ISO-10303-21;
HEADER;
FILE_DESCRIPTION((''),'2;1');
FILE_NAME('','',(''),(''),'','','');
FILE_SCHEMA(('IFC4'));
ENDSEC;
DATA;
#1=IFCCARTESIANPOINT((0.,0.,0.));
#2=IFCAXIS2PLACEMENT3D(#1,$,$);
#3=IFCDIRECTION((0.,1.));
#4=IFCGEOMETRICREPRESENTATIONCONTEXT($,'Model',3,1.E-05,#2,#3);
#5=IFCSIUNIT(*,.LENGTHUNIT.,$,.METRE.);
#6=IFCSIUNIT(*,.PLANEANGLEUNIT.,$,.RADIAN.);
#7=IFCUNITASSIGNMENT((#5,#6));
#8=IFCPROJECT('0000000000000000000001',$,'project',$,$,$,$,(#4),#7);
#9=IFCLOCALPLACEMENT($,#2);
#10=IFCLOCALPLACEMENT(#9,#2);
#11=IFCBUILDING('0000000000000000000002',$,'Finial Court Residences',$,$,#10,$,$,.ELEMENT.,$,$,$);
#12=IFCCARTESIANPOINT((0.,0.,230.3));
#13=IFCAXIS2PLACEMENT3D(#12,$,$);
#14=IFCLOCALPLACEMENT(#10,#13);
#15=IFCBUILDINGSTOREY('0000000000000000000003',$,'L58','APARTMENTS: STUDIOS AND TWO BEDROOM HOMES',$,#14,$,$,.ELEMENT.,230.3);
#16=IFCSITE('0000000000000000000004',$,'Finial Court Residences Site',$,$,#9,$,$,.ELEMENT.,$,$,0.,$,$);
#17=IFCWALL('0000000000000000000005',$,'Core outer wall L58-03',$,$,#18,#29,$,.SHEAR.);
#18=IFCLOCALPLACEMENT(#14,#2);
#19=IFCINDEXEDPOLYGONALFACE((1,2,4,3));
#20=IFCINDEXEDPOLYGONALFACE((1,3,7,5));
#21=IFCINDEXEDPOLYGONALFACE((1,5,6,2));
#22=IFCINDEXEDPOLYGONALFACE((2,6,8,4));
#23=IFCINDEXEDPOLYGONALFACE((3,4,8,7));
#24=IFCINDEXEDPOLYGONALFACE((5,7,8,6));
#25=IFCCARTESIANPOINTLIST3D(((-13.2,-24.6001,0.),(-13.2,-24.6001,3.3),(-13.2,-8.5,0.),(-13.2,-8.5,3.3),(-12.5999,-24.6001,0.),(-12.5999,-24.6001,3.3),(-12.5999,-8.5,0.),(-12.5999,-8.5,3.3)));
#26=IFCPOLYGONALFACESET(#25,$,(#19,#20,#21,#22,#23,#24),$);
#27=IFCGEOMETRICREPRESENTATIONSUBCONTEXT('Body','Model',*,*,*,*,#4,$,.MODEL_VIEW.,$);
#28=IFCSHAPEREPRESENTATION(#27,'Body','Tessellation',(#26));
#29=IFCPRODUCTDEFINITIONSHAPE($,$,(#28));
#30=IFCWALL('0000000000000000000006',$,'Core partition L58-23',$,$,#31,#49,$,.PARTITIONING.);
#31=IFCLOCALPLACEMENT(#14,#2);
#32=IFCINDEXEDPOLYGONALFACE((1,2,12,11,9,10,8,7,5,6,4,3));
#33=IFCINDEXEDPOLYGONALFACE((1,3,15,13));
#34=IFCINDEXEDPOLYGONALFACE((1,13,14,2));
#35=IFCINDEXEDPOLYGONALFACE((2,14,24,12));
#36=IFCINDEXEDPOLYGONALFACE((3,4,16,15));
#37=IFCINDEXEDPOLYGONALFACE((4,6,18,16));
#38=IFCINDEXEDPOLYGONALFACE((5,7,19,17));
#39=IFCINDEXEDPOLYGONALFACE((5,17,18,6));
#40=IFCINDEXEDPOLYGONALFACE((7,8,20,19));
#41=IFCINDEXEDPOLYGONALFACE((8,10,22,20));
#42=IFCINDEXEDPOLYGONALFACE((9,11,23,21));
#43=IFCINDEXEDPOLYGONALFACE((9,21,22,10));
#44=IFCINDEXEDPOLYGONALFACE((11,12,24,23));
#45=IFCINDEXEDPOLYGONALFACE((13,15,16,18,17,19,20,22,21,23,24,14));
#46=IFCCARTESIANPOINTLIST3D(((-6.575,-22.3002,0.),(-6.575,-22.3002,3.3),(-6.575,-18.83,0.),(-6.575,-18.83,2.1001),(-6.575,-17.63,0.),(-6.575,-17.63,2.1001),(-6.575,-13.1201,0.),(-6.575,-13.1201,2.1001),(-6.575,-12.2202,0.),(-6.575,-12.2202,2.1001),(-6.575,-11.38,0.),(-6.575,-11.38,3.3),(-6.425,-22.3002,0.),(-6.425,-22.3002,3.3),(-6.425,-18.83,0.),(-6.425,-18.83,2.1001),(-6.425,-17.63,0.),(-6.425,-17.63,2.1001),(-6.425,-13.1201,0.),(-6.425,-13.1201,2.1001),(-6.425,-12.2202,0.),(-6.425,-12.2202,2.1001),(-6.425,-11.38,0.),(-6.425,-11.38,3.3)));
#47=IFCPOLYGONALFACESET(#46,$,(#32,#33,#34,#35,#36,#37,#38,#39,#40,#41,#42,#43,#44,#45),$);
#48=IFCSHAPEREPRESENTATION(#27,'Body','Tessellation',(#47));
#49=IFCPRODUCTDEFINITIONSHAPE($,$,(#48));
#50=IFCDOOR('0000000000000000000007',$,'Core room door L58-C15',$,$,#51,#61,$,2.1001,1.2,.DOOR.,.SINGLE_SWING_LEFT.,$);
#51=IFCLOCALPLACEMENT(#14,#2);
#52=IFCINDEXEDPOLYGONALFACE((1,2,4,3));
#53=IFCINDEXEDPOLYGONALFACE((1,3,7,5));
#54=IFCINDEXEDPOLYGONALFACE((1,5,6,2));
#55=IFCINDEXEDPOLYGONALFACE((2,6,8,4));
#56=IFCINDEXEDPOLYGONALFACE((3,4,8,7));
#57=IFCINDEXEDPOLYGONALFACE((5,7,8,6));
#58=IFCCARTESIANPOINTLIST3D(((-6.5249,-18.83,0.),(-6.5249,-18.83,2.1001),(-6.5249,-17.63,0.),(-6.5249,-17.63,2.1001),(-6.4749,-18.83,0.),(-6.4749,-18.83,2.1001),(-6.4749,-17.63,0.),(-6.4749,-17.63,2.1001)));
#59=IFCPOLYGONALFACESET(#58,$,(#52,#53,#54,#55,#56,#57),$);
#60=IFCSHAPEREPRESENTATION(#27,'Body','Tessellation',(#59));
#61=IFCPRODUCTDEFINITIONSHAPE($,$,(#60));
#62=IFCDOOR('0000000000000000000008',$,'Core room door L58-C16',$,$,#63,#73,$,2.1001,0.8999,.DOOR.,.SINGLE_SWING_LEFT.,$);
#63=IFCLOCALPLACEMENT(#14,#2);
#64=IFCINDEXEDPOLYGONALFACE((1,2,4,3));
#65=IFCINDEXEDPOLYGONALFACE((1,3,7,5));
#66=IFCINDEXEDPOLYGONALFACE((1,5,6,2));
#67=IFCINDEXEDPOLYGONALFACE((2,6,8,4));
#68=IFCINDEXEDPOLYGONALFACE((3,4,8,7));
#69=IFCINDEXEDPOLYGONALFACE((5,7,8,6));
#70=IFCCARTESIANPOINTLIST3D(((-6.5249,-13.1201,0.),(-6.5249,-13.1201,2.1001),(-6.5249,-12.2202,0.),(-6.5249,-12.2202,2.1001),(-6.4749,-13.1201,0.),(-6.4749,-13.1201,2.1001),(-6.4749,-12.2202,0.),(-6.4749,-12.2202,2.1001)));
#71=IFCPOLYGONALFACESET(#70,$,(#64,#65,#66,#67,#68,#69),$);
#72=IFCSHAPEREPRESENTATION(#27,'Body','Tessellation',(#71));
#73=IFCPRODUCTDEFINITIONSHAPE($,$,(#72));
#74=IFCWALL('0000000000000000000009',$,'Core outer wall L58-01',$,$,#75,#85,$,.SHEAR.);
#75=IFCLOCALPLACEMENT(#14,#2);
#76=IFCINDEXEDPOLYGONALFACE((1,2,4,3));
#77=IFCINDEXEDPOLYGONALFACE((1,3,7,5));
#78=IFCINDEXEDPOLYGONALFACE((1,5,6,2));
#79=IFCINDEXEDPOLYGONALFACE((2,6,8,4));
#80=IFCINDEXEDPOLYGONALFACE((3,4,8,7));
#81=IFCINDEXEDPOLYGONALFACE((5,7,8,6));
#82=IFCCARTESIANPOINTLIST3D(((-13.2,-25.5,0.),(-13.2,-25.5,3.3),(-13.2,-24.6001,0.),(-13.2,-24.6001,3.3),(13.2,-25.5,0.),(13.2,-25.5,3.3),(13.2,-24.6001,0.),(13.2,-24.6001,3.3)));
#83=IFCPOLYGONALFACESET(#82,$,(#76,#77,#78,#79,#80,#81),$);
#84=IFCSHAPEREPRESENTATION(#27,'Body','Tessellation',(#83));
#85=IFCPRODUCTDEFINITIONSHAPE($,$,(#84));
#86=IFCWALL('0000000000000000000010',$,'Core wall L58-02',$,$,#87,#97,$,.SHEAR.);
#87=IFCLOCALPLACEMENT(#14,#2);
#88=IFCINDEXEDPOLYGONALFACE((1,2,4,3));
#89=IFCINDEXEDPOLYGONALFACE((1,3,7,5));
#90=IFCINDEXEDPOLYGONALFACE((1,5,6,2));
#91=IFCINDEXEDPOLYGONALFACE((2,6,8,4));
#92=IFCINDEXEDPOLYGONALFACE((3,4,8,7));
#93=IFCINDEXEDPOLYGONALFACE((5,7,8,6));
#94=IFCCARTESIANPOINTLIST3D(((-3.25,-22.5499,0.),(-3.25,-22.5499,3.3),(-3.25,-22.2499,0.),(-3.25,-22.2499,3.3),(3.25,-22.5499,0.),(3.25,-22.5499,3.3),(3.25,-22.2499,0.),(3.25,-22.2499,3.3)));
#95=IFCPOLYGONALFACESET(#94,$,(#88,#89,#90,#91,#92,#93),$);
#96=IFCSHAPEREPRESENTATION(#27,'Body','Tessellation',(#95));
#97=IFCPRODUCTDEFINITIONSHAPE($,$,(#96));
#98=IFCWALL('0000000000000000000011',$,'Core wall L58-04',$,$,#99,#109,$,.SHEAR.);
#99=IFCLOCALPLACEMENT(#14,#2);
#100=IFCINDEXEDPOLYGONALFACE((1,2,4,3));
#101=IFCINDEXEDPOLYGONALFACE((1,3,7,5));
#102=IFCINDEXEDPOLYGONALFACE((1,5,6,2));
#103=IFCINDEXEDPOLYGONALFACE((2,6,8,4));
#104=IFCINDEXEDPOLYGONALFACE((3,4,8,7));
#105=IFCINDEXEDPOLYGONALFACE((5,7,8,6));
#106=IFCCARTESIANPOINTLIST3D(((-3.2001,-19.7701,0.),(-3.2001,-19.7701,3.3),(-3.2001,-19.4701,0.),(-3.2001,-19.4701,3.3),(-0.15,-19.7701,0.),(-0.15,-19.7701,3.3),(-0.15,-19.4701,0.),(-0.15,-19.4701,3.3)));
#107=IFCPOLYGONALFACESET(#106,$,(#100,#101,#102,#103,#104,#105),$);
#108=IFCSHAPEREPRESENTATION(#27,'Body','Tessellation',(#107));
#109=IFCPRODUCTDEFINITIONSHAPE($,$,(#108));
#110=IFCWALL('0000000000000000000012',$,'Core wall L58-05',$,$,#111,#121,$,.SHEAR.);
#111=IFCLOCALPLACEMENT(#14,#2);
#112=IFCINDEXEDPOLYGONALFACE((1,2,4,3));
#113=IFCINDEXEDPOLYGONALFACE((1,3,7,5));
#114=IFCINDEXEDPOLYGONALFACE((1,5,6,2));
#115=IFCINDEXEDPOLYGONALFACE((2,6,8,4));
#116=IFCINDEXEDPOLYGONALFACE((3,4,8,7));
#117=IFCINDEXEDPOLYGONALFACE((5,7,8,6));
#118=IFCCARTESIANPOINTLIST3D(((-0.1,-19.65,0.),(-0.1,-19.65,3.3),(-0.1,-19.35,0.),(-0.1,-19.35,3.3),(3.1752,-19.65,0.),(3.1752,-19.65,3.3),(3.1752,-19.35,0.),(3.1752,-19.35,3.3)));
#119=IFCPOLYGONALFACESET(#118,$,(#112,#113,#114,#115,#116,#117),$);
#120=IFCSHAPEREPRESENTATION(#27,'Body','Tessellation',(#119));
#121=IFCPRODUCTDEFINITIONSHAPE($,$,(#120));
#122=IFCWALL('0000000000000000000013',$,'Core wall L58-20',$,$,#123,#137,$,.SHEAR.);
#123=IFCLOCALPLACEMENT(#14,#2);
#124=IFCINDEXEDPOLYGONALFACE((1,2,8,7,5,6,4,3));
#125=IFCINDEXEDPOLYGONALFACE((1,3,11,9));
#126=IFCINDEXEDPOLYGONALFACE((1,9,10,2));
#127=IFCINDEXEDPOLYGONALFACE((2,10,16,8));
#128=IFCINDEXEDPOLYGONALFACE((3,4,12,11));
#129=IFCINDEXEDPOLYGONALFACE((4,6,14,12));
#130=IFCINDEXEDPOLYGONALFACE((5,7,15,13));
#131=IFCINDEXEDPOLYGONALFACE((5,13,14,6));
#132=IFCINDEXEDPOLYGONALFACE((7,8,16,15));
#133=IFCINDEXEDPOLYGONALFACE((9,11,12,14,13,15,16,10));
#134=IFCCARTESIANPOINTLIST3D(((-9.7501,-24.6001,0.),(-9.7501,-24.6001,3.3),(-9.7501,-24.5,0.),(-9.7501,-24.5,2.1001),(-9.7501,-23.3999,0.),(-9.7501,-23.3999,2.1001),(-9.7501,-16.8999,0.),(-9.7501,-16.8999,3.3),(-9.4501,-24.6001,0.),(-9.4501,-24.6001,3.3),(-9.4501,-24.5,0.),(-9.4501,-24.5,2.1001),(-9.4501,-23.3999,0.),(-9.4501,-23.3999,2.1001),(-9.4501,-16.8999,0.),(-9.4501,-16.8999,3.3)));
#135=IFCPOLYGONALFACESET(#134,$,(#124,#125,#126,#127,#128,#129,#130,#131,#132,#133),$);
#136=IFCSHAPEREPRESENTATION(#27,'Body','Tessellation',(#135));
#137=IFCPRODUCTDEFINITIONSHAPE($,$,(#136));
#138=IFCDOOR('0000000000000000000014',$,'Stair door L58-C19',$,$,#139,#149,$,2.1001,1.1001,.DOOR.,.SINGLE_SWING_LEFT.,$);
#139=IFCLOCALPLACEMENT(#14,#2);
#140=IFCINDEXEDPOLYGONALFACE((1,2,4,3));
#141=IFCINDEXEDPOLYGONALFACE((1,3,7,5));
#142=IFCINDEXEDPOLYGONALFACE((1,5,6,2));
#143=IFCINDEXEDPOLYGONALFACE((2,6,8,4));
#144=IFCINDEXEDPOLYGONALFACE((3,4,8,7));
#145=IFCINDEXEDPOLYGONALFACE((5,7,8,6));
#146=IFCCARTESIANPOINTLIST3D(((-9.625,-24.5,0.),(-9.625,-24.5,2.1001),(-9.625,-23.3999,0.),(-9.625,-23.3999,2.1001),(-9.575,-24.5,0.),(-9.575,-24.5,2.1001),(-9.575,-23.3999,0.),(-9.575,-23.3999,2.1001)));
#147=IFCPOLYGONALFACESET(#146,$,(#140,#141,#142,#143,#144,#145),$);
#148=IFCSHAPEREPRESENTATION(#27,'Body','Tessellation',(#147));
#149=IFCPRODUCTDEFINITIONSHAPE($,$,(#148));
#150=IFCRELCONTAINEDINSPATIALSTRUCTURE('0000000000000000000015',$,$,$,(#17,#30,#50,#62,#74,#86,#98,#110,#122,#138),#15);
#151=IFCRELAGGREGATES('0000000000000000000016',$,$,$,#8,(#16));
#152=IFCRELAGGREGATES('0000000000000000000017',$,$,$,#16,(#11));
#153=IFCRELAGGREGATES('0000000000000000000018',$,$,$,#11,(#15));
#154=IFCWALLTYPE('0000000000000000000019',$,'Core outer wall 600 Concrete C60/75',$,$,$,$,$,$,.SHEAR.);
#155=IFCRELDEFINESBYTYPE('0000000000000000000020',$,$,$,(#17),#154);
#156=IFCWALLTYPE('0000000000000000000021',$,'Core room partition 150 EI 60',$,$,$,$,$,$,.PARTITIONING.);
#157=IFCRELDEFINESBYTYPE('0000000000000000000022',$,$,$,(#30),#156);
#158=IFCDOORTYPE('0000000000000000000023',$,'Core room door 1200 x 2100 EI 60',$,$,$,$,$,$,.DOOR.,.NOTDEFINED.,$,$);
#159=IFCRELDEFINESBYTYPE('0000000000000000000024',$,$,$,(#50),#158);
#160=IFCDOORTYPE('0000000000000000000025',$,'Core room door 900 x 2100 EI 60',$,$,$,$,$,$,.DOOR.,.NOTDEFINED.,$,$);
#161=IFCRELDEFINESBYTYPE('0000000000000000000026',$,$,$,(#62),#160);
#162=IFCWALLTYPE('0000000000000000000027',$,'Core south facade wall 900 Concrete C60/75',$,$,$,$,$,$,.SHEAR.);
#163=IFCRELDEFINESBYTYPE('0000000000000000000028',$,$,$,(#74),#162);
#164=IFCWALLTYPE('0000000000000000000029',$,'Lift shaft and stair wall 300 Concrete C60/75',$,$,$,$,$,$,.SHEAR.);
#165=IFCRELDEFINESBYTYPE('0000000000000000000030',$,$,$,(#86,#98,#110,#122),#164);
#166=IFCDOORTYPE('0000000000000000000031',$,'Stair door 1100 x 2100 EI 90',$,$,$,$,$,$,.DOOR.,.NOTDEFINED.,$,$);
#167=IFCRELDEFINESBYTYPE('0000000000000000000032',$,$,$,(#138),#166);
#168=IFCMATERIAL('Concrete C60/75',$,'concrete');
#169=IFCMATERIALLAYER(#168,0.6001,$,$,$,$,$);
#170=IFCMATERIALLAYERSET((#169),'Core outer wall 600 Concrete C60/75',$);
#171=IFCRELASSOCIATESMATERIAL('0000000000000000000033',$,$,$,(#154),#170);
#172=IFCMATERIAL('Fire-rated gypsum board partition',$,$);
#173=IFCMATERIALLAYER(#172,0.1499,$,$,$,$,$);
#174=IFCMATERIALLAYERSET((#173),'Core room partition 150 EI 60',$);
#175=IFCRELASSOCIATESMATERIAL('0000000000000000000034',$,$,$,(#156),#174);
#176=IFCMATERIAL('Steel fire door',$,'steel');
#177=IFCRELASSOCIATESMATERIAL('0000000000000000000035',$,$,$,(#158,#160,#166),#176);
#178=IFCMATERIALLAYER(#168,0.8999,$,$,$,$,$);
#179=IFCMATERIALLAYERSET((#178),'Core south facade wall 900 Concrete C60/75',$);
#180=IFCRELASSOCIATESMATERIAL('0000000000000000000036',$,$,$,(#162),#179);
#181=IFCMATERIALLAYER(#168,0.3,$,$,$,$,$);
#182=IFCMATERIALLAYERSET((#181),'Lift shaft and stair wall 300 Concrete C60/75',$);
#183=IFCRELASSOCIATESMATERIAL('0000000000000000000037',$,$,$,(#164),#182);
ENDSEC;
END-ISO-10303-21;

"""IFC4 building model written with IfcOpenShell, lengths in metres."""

from ifc_helpers import new_model, si_unit, direction, frame, frame_2d, origin, place, context, subcontext, project, spatial, rectangle, extrude, material, layer, layer_set, type_object, element, fill, save


model = new_model("IFC4")

# Units and contexts
model_context = context("Model", 3, precision=1e-05, world=origin(), true_north=direction((0.0, 1.0)))
body_context = subcontext(model_context, "Body", "Model", "MODEL_VIEW")
ifc_project = project(units=[si_unit("LENGTHUNIT", "METRE"), si_unit("PLANEANGLEUNIT", "RADIAN")], contexts=[model_context])

# Site, building, storey
site_placement = place(None, origin())
site = spatial("IfcSite", under=ifc_project, at=site_placement, Name="Finial Court Residences Site", CompositionType="ELEMENT", RefElevation=0.0)
building_placement = place(site_placement, origin())
building = spatial("IfcBuilding", under=site, at=building_placement, Name="Finial Court Residences", CompositionType="ELEMENT")
storey_placement = place(building_placement, frame((0.0, 0.0, 230.3)))
storey = spatial("IfcBuildingStorey", under=building, at=storey_placement, Name="L58", Description="APARTMENTS: STUDIOS AND TWO BEDROOM HOMES", CompositionType="ELEMENT", Elevation=230.3)

# Wall
ifc_material_1 = material(Name="Concrete C60/75", Category="concrete")
ifc_layer_1 = layer(ifc_material_1, 0.6001)
ifc_layer_set_1 = layer_set([ifc_layer_1], Name="Core outer wall 600 Concrete C60/75")
wall_type_1 = type_object("IfcWallType", Name="Core outer wall 600 Concrete C60/75", PredefinedType="SHEAR", material=ifc_layer_set_1)
wall_1_placement = place(storey_placement, frame((-12.8999, -24.6001, 0.0), z_axis=(0.0, 0.0, 1.0), x_axis=(0.0, 1.0, 0.0)))
element("IfcWall", 1, at=wall_1_placement, inside=storey, type_object=wall_type_1, Name="Core outer wall L58-03", PredefinedType="SHEAR", context=body_context, shape_type="SweptSolid", body=[
    extrude(rectangle(XDim=16.1001, YDim=0.6001, at=frame_2d((8.05, 0.0))), origin(), (0.0, 0.0, 1.0), 3.3),
])

# Wall, openings, doors
ifc_material_2 = material(Name="Fire-rated gypsum board partition")
ifc_layer_2 = layer(ifc_material_2, 0.1499)
ifc_layer_set_2 = layer_set([ifc_layer_2], Name="Core room partition 150 EI 60")
wall_type_2 = type_object("IfcWallType", Name="Core room partition 150 EI 60", PredefinedType="PARTITIONING", material=ifc_layer_set_2)
wall_2_placement = place(storey_placement, frame((-6.5, -22.3, 0.0), z_axis=(0.0, 0.0, 1.0), x_axis=(0.0, 1.0, 0.0)))
wall_2 = element("IfcWall", 2, at=wall_2_placement, inside=storey, type_object=wall_type_2, Name="Core partition L58-23", PredefinedType="PARTITIONING", context=body_context, shape_type="SweptSolid", body=[
    extrude(rectangle(XDim=10.9202, YDim=0.1499, at=frame_2d((5.46, 0.0))), origin(), (0.0, 0.0, 1.0), 3.3),
])
opening_1_placement = place(wall_2_placement, frame((3.47, 0.0, 0.0)))
opening_1 = element("IfcOpeningElement", 3, at=opening_1_placement, cuts=wall_2, PredefinedType="OPENING", context=body_context, shape_type="SweptSolid", body=[
    extrude(rectangle(XDim=1.2, YDim=2.1001, at=frame_2d((0.6001, 1.05))), frame((0.0, 0.085, 0.0), z_axis=(0.0, -1.0, 0.0), x_axis=(1.0, 0.0, 0.0)), (0.0, 0.0, 1.0), 0.1699),
])
opening_2_placement = place(wall_2_placement, frame((9.1799, 0.0, 0.0)))
opening_2 = element("IfcOpeningElement", 4, at=opening_2_placement, cuts=wall_2, PredefinedType="OPENING", context=body_context, shape_type="SweptSolid", body=[
    extrude(rectangle(XDim=0.8999, YDim=2.1001, at=frame_2d((0.45, 1.05))), frame((0.0, 0.085, 0.0), z_axis=(0.0, -1.0, 0.0), x_axis=(1.0, 0.0, 0.0)), (0.0, 0.0, 1.0), 0.1699),
])
ifc_material_3 = material(Name="Steel fire door", Category="steel")
door_type_1 = type_object("IfcDoorType", Name="Core room door 1200 x 2100 EI 60", OperationType="NOTDEFINED", PredefinedType="DOOR", material=ifc_material_3)
door_1_placement = place(opening_1_placement, origin())
door_1 = element("IfcDoor", 5, at=door_1_placement, inside=storey, type_object=door_type_1, Name="Core room door L58-C15", OperationType="SINGLE_SWING_LEFT", OverallHeight=2.1001, OverallWidth=1.2, PredefinedType="DOOR", context=body_context, shape_type="SweptSolid", body=[
    extrude(rectangle(XDim=1.2, YDim=2.1001, at=frame_2d((0.6001, 1.05))), frame((0.0, 0.0249, 0.0), z_axis=(0.0, -1.0, 0.0), x_axis=(1.0, 0.0, 0.0)), (0.0, 0.0, 1.0), 0.05),
])
fill(opening_1, door_1)
door_type_2 = type_object("IfcDoorType", Name="Core room door 900 x 2100 EI 60", OperationType="NOTDEFINED", PredefinedType="DOOR", material=ifc_material_3)
door_2_placement = place(opening_2_placement, origin())
door_2 = element("IfcDoor", 6, at=door_2_placement, inside=storey, type_object=door_type_2, Name="Core room door L58-C16", OperationType="SINGLE_SWING_LEFT", OverallHeight=2.1001, OverallWidth=0.8999, PredefinedType="DOOR", context=body_context, shape_type="SweptSolid", body=[
    extrude(rectangle(XDim=0.8999, YDim=2.1001, at=frame_2d((0.45, 1.05))), frame((0.0, 0.0249, 0.0), z_axis=(0.0, -1.0, 0.0), x_axis=(1.0, 0.0, 0.0)), (0.0, 0.0, 1.0), 0.05),
])
fill(opening_2, door_2)

# Walls
ifc_layer_3 = layer(ifc_material_1, 0.8999)
ifc_layer_set_3 = layer_set([ifc_layer_3], Name="Core south facade wall 900 Concrete C60/75")
wall_type_3 = type_object("IfcWallType", Name="Core south facade wall 900 Concrete C60/75", PredefinedType="SHEAR", material=ifc_layer_set_3)
wall_3_placement = place(storey_placement, frame((-13.2, -25.05, 0.0), z_axis=(0.0, 0.0, 1.0), x_axis=(1.0, 0.0, 0.0)))
element("IfcWall", 7, at=wall_3_placement, inside=storey, type_object=wall_type_3, Name="Core outer wall L58-01", PredefinedType="SHEAR", context=body_context, shape_type="SweptSolid", body=[
    extrude(rectangle(XDim=26.3999, YDim=0.8999, at=frame_2d((13.2, 0.0))), origin(), (0.0, 0.0, 1.0), 3.3),
])
ifc_layer_4 = layer(ifc_material_1, 0.3)
ifc_layer_set_4 = layer_set([ifc_layer_4], Name="Lift shaft and stair wall 300 Concrete C60/75")
wall_type_4 = type_object("IfcWallType", Name="Lift shaft and stair wall 300 Concrete C60/75", PredefinedType="SHEAR", material=ifc_layer_set_4)
wall_4_placement = place(storey_placement, frame((-3.25, -22.3999, 0.0), z_axis=(0.0, 0.0, 1.0), x_axis=(1.0, 0.0, 0.0)))
element("IfcWall", 8, at=wall_4_placement, inside=storey, type_object=wall_type_4, Name="Core wall L58-02", PredefinedType="SHEAR", context=body_context, shape_type="SweptSolid", body=[
    extrude(rectangle(XDim=6.5, YDim=0.3, at=frame_2d((3.25, 0.0))), origin(), (0.0, 0.0, 1.0), 3.3),
])
wall_5_placement = place(storey_placement, frame((-3.2, -19.6201, 0.0), z_axis=(0.0, 0.0, 1.0), x_axis=(1.0, 0.0, 0.0)))
element("IfcWall", 9, at=wall_5_placement, inside=storey, type_object=wall_type_4, Name="Core wall L58-04", PredefinedType="SHEAR", context=body_context, shape_type="SweptSolid", body=[
    extrude(rectangle(XDim=3.05, YDim=0.3, at=frame_2d((1.5249, 0.0))), origin(), (0.0, 0.0, 1.0), 3.3),
])
wall_6_placement = place(storey_placement, frame((-0.1001, -19.5, 0.0), z_axis=(0.0, 0.0, 1.0), x_axis=(1.0, 0.0, 0.0)))
element("IfcWall", 10, at=wall_6_placement, inside=storey, type_object=wall_type_4, Name="Core wall L58-05", PredefinedType="SHEAR", context=body_context, shape_type="SweptSolid", body=[
    extrude(rectangle(XDim=3.2751, YDim=0.3, at=frame_2d((1.6377, 0.0))), origin(), (0.0, 0.0, 1.0), 3.3),
])

# Wall, opening, door
wall_7_placement = place(storey_placement, frame((-9.6001, -24.6001, 0.0), z_axis=(0.0, 0.0, 1.0), x_axis=(0.0, 1.0, 0.0)))
wall_7 = element("IfcWall", 11, at=wall_7_placement, inside=storey, type_object=wall_type_4, Name="Core wall L58-20", PredefinedType="SHEAR", context=body_context, shape_type="SweptSolid", body=[
    extrude(rectangle(XDim=7.7002, YDim=0.3, at=frame_2d((3.8501, 0.0))), origin(), (0.0, 0.0, 1.0), 3.3),
])
opening_3_placement = place(wall_7_placement, frame((0.1001, 0.0, 0.0)))
opening_3 = element("IfcOpeningElement", 12, at=opening_3_placement, cuts=wall_7, PredefinedType="OPENING", context=body_context, shape_type="SweptSolid", body=[
    extrude(rectangle(XDim=1.1001, YDim=2.1001, at=frame_2d((0.55, 1.05))), frame((0.0, 0.1599, 0.0), z_axis=(0.0, -1.0, 0.0), x_axis=(1.0, 0.0, 0.0)), (0.0, 0.0, 1.0), 0.3201),
])
door_type_3 = type_object("IfcDoorType", Name="Stair door 1100 x 2100 EI 90", OperationType="NOTDEFINED", PredefinedType="DOOR", material=ifc_material_3)
door_3_placement = place(opening_3_placement, origin())
door_3 = element("IfcDoor", 13, at=door_3_placement, inside=storey, type_object=door_type_3, Name="Stair door L58-C19", OperationType="SINGLE_SWING_LEFT", OverallHeight=2.1001, OverallWidth=1.1001, PredefinedType="DOOR", context=body_context, shape_type="SweptSolid", body=[
    extrude(rectangle(XDim=1.1001, YDim=2.1001, at=frame_2d((0.55, 1.05))), frame((0.0, 0.0249, 0.0), z_axis=(0.0, -1.0, 0.0), x_axis=(1.0, 0.0, 0.0)), (0.0, 0.0, 1.0), 0.05),
])
fill(opening_3, door_3)

save(model, "model.ifc")
